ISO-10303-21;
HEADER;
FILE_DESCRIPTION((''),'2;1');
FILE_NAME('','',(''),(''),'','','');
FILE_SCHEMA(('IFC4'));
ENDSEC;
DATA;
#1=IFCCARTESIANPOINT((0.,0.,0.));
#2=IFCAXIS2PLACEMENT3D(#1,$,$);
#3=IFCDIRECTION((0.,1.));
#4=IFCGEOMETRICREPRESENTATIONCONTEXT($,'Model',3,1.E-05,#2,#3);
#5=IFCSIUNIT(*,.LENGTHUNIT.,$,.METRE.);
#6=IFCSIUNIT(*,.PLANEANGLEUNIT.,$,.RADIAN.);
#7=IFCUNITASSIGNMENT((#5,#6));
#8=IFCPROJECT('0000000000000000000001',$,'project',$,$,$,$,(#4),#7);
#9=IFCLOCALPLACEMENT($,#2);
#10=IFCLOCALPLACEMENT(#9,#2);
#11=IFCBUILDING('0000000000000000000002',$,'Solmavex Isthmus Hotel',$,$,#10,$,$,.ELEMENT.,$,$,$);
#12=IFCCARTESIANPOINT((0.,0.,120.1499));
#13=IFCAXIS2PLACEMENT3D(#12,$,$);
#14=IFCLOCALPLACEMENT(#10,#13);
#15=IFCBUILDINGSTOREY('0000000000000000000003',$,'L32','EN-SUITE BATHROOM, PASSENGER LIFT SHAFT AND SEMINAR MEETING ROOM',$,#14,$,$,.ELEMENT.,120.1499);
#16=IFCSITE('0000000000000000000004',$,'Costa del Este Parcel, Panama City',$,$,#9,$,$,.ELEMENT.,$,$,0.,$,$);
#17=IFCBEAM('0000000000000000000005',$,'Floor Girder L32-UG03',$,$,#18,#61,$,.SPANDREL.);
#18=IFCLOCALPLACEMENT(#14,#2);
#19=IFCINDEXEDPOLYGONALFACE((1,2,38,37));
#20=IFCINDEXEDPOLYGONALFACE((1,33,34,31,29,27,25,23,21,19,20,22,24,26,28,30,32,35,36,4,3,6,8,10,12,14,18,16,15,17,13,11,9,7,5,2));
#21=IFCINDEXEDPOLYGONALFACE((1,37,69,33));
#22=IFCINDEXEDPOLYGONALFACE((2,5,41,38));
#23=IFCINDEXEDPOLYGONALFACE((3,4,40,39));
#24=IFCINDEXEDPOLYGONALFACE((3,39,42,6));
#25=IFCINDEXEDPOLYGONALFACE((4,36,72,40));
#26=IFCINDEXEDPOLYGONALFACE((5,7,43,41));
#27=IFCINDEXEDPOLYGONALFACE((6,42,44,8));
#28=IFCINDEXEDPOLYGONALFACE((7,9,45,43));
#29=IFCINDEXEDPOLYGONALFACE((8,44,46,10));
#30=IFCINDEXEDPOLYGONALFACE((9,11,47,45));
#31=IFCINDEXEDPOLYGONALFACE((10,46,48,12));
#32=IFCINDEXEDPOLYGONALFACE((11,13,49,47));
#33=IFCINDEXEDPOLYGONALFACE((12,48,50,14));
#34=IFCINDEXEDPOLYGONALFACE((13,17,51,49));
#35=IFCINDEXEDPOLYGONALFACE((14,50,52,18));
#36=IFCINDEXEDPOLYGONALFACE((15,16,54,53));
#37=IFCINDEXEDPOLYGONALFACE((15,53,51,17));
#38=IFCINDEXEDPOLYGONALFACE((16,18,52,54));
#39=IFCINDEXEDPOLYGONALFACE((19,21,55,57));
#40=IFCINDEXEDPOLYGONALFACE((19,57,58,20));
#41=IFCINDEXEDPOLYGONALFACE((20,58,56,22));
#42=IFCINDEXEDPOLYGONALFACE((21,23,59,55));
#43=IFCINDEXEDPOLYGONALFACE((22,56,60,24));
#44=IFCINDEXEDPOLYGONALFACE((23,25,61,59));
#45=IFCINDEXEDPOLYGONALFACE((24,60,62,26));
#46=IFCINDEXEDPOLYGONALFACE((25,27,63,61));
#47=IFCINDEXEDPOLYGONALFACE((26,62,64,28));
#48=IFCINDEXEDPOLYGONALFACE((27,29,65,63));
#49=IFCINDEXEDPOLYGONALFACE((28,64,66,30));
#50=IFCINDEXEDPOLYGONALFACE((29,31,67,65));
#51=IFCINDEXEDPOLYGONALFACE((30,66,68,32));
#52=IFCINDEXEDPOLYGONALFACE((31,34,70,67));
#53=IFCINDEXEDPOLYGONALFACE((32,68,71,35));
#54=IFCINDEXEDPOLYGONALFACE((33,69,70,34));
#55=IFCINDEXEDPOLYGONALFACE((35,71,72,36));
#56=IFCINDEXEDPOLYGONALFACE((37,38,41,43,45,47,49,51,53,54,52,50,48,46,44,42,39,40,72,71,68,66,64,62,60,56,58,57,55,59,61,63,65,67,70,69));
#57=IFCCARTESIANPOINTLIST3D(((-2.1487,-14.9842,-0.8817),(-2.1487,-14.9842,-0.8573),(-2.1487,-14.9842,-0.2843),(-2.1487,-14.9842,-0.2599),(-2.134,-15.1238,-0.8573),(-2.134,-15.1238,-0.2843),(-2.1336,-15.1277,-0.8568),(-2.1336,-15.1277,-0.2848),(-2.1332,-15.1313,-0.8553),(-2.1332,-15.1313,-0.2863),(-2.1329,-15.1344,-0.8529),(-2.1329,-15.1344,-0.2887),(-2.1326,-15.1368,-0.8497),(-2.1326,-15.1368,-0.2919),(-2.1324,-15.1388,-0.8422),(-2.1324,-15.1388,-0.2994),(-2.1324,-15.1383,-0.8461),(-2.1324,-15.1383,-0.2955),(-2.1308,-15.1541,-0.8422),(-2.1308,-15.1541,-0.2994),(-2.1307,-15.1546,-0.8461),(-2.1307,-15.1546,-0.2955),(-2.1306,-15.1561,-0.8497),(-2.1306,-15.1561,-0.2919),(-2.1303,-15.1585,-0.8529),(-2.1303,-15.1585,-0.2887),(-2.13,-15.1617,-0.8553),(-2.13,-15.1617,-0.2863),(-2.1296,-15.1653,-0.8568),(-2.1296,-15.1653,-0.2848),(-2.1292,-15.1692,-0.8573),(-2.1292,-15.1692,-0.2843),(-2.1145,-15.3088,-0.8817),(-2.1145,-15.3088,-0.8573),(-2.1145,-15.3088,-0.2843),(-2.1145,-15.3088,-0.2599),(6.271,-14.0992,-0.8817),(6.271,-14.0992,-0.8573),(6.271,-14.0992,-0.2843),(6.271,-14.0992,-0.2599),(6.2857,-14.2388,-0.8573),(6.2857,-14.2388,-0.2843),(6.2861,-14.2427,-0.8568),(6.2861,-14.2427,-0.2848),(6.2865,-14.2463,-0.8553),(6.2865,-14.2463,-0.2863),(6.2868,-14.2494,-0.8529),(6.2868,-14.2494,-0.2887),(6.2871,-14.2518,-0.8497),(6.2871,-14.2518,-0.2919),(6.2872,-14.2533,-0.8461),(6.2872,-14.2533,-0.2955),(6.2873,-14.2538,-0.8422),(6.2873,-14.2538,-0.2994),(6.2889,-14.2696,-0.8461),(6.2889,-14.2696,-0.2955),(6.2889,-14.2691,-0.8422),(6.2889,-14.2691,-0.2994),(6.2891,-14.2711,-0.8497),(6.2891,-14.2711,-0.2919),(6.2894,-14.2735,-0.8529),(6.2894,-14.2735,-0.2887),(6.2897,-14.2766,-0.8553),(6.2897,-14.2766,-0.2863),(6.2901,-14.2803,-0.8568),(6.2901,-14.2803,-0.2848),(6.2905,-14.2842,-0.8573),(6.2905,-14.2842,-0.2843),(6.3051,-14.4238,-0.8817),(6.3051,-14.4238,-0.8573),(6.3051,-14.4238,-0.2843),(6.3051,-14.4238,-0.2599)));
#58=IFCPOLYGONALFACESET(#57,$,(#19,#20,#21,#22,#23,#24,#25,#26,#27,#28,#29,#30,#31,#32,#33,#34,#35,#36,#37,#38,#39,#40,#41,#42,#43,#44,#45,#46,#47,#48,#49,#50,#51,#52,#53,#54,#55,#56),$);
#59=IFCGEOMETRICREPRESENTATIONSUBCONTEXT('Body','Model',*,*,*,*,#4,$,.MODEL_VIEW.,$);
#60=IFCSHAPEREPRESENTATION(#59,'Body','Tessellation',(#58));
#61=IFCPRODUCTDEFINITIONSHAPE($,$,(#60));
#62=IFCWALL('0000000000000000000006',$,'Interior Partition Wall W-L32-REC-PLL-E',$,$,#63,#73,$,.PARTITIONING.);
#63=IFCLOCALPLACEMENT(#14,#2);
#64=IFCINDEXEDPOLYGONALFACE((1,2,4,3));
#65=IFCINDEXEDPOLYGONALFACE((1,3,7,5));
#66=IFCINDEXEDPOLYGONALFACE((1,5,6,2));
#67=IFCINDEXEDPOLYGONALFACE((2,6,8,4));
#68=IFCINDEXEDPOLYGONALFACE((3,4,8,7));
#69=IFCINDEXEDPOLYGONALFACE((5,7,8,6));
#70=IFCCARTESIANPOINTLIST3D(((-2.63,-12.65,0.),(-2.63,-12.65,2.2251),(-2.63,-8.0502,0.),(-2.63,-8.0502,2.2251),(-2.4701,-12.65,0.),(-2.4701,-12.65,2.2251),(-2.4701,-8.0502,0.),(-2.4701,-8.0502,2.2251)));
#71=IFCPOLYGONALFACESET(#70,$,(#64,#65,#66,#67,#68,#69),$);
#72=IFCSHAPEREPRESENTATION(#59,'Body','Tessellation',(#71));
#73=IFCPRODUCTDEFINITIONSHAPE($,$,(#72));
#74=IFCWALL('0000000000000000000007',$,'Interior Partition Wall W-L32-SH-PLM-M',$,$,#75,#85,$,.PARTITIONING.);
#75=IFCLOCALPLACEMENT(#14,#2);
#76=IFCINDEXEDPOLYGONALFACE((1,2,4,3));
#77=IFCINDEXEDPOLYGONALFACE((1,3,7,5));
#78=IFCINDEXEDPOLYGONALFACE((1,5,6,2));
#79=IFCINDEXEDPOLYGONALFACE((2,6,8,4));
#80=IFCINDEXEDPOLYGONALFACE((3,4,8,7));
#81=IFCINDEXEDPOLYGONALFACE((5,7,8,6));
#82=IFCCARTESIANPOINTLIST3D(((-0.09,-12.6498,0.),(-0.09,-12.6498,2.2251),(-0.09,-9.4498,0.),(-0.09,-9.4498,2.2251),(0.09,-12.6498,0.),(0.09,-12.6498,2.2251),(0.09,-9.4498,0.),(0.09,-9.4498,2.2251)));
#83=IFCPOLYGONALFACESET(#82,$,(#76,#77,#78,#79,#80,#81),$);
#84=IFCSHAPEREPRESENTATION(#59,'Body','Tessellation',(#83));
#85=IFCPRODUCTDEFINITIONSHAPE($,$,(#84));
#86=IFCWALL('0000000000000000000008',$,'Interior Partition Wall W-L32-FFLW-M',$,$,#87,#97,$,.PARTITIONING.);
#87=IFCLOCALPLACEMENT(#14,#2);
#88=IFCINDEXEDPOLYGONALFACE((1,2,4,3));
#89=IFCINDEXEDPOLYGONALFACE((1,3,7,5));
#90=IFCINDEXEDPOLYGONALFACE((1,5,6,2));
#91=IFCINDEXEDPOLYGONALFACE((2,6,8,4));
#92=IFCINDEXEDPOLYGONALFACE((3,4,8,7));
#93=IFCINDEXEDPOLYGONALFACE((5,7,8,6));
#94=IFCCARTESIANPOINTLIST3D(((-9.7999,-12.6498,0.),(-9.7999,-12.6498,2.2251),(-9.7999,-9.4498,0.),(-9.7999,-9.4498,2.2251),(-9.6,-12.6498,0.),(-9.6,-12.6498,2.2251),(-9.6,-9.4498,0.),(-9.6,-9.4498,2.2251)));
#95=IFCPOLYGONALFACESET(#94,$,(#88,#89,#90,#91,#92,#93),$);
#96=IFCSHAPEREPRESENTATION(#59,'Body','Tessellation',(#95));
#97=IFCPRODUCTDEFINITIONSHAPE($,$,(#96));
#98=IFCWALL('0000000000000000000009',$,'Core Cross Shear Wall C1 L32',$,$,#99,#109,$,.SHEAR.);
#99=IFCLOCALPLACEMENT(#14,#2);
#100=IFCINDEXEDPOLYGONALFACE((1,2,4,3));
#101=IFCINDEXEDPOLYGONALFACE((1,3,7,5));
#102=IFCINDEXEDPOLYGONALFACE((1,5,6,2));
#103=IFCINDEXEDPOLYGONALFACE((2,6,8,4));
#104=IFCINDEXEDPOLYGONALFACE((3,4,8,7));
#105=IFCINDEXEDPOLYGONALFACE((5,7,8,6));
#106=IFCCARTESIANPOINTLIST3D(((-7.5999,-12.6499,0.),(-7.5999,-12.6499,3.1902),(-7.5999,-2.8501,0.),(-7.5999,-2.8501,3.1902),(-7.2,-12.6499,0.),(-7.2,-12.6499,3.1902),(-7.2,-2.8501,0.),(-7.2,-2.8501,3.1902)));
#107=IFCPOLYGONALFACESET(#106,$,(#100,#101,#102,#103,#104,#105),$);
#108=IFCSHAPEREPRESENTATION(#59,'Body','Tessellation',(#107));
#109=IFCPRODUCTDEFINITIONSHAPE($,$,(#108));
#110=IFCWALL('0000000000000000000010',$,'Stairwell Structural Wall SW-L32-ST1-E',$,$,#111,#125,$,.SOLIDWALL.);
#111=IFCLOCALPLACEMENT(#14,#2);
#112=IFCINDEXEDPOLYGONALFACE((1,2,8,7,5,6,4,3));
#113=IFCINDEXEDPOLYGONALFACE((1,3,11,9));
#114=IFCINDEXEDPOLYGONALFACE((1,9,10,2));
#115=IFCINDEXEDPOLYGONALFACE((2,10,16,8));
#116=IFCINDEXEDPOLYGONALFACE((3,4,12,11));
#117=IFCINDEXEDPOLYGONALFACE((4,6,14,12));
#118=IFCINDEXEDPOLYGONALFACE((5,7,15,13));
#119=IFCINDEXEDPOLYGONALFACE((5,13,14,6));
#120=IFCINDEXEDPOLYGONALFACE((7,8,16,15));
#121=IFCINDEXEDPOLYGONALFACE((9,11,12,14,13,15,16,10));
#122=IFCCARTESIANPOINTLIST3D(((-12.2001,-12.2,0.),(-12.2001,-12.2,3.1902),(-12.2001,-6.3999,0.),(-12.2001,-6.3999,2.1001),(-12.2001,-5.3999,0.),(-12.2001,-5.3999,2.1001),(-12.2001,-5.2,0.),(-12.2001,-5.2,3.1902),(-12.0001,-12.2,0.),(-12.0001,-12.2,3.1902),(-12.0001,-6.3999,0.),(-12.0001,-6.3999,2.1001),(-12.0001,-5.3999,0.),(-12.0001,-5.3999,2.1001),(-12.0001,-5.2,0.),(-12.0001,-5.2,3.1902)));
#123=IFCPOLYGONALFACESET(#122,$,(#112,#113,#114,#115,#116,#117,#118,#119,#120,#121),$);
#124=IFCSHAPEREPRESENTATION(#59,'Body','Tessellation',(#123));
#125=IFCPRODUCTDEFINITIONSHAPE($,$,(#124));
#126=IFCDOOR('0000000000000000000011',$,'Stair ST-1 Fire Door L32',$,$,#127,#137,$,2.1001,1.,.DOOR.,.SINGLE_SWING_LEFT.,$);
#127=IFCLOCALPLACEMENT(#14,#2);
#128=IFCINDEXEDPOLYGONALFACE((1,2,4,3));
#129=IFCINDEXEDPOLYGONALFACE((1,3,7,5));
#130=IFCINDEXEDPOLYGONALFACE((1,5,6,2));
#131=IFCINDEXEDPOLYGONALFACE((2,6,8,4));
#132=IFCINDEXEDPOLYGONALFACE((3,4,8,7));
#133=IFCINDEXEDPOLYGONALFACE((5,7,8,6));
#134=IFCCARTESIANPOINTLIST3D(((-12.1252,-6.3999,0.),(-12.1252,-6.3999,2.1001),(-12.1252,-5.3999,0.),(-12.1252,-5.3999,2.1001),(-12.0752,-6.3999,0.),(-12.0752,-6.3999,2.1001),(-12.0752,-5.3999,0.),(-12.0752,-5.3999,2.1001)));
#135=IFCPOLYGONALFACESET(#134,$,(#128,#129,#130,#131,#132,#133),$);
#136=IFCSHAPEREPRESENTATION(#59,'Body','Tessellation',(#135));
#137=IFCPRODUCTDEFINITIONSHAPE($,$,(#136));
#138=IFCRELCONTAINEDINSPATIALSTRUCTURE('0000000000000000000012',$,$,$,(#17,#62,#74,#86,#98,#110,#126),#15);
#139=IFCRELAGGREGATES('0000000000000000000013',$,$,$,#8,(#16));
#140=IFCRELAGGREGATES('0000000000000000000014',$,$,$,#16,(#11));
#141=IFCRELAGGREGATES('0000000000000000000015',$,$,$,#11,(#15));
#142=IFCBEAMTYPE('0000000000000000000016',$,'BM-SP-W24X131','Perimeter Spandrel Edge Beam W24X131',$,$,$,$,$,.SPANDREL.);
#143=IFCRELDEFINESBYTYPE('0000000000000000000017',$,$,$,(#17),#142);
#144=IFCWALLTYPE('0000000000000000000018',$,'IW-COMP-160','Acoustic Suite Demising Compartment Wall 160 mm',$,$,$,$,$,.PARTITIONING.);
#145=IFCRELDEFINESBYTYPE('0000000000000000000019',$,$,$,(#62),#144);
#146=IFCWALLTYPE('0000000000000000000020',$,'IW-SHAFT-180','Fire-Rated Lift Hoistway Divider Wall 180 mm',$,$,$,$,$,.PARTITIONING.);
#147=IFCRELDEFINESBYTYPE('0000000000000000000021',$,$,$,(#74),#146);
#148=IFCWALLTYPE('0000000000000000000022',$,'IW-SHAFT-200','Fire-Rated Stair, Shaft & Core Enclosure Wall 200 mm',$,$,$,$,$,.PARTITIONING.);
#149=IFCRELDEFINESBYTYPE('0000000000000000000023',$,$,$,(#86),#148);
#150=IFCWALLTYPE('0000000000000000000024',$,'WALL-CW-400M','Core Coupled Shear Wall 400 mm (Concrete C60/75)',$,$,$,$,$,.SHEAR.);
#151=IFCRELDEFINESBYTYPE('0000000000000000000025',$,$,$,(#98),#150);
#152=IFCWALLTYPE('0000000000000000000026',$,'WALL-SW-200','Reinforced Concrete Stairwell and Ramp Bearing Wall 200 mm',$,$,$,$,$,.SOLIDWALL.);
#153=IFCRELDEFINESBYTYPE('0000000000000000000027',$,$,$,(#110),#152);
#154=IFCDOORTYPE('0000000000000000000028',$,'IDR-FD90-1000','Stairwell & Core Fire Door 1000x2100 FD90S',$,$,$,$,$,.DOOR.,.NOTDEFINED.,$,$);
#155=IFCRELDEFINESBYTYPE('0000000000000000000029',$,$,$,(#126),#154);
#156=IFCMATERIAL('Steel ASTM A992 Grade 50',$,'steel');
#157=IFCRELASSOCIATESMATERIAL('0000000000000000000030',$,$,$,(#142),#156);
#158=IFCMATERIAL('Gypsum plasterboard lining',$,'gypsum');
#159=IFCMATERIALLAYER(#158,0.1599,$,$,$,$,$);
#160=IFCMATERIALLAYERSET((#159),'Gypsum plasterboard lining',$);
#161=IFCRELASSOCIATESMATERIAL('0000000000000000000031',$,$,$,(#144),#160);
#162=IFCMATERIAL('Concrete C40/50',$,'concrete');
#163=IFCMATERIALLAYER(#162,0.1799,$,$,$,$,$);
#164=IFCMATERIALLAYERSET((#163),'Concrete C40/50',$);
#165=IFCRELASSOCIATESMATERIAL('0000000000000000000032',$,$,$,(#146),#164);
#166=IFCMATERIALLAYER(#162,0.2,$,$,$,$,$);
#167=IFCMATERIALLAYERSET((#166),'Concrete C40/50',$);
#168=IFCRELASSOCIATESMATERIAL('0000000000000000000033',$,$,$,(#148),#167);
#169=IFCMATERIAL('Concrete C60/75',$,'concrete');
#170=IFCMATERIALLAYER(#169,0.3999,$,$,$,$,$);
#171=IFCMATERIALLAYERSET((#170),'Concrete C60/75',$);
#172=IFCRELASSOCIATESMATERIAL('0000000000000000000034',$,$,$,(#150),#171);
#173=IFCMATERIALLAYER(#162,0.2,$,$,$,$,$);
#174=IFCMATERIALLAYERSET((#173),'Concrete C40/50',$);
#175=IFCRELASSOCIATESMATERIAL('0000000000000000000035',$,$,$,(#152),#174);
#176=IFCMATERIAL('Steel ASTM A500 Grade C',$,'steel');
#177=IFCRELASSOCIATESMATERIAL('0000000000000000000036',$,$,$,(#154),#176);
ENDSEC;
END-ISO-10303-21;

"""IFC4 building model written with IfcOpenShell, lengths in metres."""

from ifc_helpers import new_model, si_unit, direction, frame, frame_2d, origin, origin_2d, place, context, subcontext, project, spatial, rectangle, i_section, extrude, material, layer, layer_set, material_profile, profile_set, type_object, element, fill, save


model = new_model("IFC4")

# Units and contexts
model_context = context("Model", 3, precision=1e-05, world=origin(), true_north=direction((0.0, 1.0)))
body_context = subcontext(model_context, "Body", "Model", "MODEL_VIEW")
ifc_project = project(units=[si_unit("LENGTHUNIT", "METRE"), si_unit("PLANEANGLEUNIT", "RADIAN")], contexts=[model_context])

# Site, building, storey
site_placement = place(None, origin())
site = spatial("IfcSite", under=ifc_project, at=site_placement, Name="Costa del Este Parcel, Panama City", CompositionType="ELEMENT", RefElevation=0.0)
building_placement = place(site_placement, origin())
building = spatial("IfcBuilding", under=site, at=building_placement, Name="Solmavex Isthmus Hotel", CompositionType="ELEMENT")
storey_placement = place(building_placement, frame((0.0, 0.0, 120.1499)))
storey = spatial("IfcBuildingStorey", under=building, at=storey_placement, Name="L32", Description="EN-SUITE BATHROOM, PASSENGER LIFT SHAFT AND SEMINAR MEETING ROOM", CompositionType="ELEMENT", Elevation=120.1499)

# Shared definitions
ifc_material_1 = material(Name="Concrete C60/75", Category="concrete")

# Beam
ifc_material_2 = material(Name="Steel ASTM A992 Grade 50", Category="steel")
ifc_material_profile_1 = material_profile(ifc_material_2, i_section(OverallWidth=0.3264, OverallDepth=0.6218, WebThickness=0.0154, FlangeThickness=0.0244, FilletRadius=0.0151, at=origin_2d()), Name="W24X131")
ifc_profile_set_1 = profile_set([ifc_material_profile_1], Name="Steel ASTM A992 Grade 50")
beam_type_1 = type_object("IfcBeamType", Name="BM-SP-W24X131", Description="Perimeter Spandrel Edge Beam W24X131", PredefinedType="SPANDREL", material=ifc_profile_set_1)
beam_1_placement = place(storey_placement, frame((-2.1316, -15.1465, -0.5708), z_axis=(0.994521, 0.104536, 0.0), x_axis=(-0.104536, 0.994521, 0.0)))
element("IfcBeam", 1, at=beam_1_placement, inside=storey, type_object=beam_type_1, Name="Floor Girder L32-UG03", PredefinedType="SPANDREL", context=body_context, shape_type="SweptSolid", body=[
    extrude(i_section(OverallWidth=0.3264, OverallDepth=0.6218, WebThickness=0.0154, FlangeThickness=0.0244, FilletRadius=0.0151, at=origin_2d()), origin(), (0.0, 0.0, 1.0), 8.4661),
])

# Walls
ifc_material_3 = material(Name="Gypsum plasterboard lining", Category="gypsum")
ifc_layer_1 = layer(ifc_material_3, 0.1599)
ifc_layer_set_1 = layer_set([ifc_layer_1], Name="Gypsum plasterboard lining")
wall_type_1 = type_object("IfcWallType", Name="IW-COMP-160", Description="Acoustic Suite Demising Compartment Wall 160 mm", PredefinedType="PARTITIONING", material=ifc_layer_set_1)
wall_1_placement = place(storey_placement, frame((-2.55, -12.6499, 0.0), z_axis=(0.0, 0.0, 1.0), x_axis=(0.0, 1.0, 0.0)))
element("IfcWall", 2, at=wall_1_placement, inside=storey, type_object=wall_type_1, Name="Interior Partition Wall W-L32-REC-PLL-E", PredefinedType="PARTITIONING", context=body_context, shape_type="SweptSolid", body=[
    extrude(rectangle(XDim=4.5999, YDim=0.1599, at=frame_2d((2.2998, 0.0))), origin(), (0.0, 0.0, 1.0), 2.2251),
])
ifc_material_4 = material(Name="Concrete C40/50", Category="concrete")
ifc_layer_2 = layer(ifc_material_4, 0.1799)
ifc_layer_set_2 = layer_set([ifc_layer_2], Name="Concrete C40/50")
wall_type_2 = type_object("IfcWallType", Name="IW-SHAFT-180", Description="Fire-Rated Lift Hoistway Divider Wall 180 mm", PredefinedType="PARTITIONING", material=ifc_layer_set_2)
wall_2_placement = place(storey_placement, frame((0.0, -12.6499, 0.0), z_axis=(0.0, 0.0, 1.0), x_axis=(0.0, 1.0, 0.0)))
element("IfcWall", 3, at=wall_2_placement, inside=storey, type_object=wall_type_2, Name="Interior Partition Wall W-L32-SH-PLM-M", PredefinedType="PARTITIONING", context=body_context, shape_type="SweptSolid", body=[
    extrude(rectangle(XDim=3.2, YDim=0.1799, at=frame_2d((1.6001, 0.0))), origin(), (0.0, 0.0, 1.0), 2.2251),
])
ifc_layer_3 = layer(ifc_material_4, 0.2)
ifc_layer_set_3 = layer_set([ifc_layer_3], Name="Concrete C40/50")
wall_type_3 = type_object("IfcWallType", Name="IW-SHAFT-200", Description="Fire-Rated Stair, Shaft & Core Enclosure Wall 200 mm", PredefinedType="PARTITIONING", material=ifc_layer_set_3)
wall_3_placement = place(storey_placement, frame((-9.7, -12.6499, 0.0), z_axis=(0.0, 0.0, 1.0), x_axis=(0.0, 1.0, 0.0)))
element("IfcWall", 4, at=wall_3_placement, inside=storey, type_object=wall_type_3, Name="Interior Partition Wall W-L32-FFLW-M", PredefinedType="PARTITIONING", context=body_context, shape_type="SweptSolid", body=[
    extrude(rectangle(XDim=3.2, YDim=0.2, at=frame_2d((1.6001, 0.0))), origin(), (0.0, 0.0, 1.0), 2.2251),
])
ifc_layer_4 = layer(ifc_material_1, 0.3999)
ifc_layer_set_4 = layer_set([ifc_layer_4], Name="Concrete C60/75")
wall_type_4 = type_object("IfcWallType", Name="WALL-CW-400M", Description="Core Coupled Shear Wall 400 mm (Concrete C60/75)", PredefinedType="SHEAR", material=ifc_layer_set_4)
wall_4_placement = place(storey_placement, frame((-7.3999, -12.6499, 0.0), z_axis=(0.0, 0.0, 1.0), x_axis=(0.0, 1.0, 0.0)))
element("IfcWall", 5, at=wall_4_placement, inside=storey, type_object=wall_type_4, Name="Core Cross Shear Wall C1 L32", PredefinedType="SHEAR", context=body_context, shape_type="SweptSolid", body=[
    extrude(rectangle(XDim=9.7998, YDim=0.3999, at=frame_2d((4.8999, 0.0))), origin(), (0.0, 0.0, 1.0), 3.1902),
])

# Wall, opening, door
ifc_layer_5 = layer(ifc_material_4, 0.2)
ifc_layer_set_5 = layer_set([ifc_layer_5], Name="Concrete C40/50")
wall_type_5 = type_object("IfcWallType", Name="WALL-SW-200", Description="Reinforced Concrete Stairwell and Ramp Bearing Wall 200 mm", PredefinedType="SOLIDWALL", material=ifc_layer_set_5)
wall_5_placement = place(storey_placement, frame((-12.1001, -12.2, 0.0), z_axis=(0.0, 0.0, 1.0), x_axis=(0.0, 1.0, 0.0)))
wall_5 = element("IfcWall", 6, at=wall_5_placement, inside=storey, type_object=wall_type_5, Name="Stairwell Structural Wall SW-L32-ST1-E", PredefinedType="SOLIDWALL", context=body_context, shape_type="SweptSolid", body=[
    extrude(rectangle(XDim=7.0, YDim=0.2, at=frame_2d((3.5, 0.0))), origin(), (0.0, 0.0, 1.0), 3.1902),
])
opening_placement = place(wall_5_placement, frame((5.8, 0.0, 0.0)))
opening = element("IfcOpeningElement", 7, at=opening_placement, cuts=wall_5, PredefinedType="OPENING", context=body_context, shape_type="SweptSolid", body=[
    extrude(rectangle(XDim=1.0, YDim=2.1001, at=frame_2d((0.5, 1.05))), frame((0.0, 0.1099, 0.0), z_axis=(0.0, -1.0, 0.0), x_axis=(1.0, 0.0, 0.0)), (0.0, 0.0, 1.0), 0.22),
])
ifc_material_5 = material(Name="Steel ASTM A500 Grade C", Category="steel")
door_type = type_object("IfcDoorType", Name="IDR-FD90-1000", Description="Stairwell & Core Fire Door 1000x2100 FD90S", OperationType="NOTDEFINED", PredefinedType="DOOR", material=ifc_material_5)
door_placement = place(opening_placement, frame((1.0, 0.0, 0.0), z_axis=(0.0, 0.0, 1.0), x_axis=(-1.0, 0.0, 0.0)))
door = element("IfcDoor", 8, at=door_placement, inside=storey, type_object=door_type, Name="Stair ST-1 Fire Door L32", OperationType="SINGLE_SWING_LEFT", OverallHeight=2.1001, OverallWidth=1.0, PredefinedType="DOOR", context=body_context, shape_type="SweptSolid", body=[
    extrude(rectangle(XDim=1.0, YDim=2.1001, at=frame_2d((0.5, 1.05))), frame((0.0, 0.0249, 0.0), z_axis=(0.0, -1.0, 0.0), x_axis=(1.0, 0.0, 0.0)), (0.0, 0.0, 1.0), 0.05),
])
fill(opening, door)

save(model, "model.ifc")
